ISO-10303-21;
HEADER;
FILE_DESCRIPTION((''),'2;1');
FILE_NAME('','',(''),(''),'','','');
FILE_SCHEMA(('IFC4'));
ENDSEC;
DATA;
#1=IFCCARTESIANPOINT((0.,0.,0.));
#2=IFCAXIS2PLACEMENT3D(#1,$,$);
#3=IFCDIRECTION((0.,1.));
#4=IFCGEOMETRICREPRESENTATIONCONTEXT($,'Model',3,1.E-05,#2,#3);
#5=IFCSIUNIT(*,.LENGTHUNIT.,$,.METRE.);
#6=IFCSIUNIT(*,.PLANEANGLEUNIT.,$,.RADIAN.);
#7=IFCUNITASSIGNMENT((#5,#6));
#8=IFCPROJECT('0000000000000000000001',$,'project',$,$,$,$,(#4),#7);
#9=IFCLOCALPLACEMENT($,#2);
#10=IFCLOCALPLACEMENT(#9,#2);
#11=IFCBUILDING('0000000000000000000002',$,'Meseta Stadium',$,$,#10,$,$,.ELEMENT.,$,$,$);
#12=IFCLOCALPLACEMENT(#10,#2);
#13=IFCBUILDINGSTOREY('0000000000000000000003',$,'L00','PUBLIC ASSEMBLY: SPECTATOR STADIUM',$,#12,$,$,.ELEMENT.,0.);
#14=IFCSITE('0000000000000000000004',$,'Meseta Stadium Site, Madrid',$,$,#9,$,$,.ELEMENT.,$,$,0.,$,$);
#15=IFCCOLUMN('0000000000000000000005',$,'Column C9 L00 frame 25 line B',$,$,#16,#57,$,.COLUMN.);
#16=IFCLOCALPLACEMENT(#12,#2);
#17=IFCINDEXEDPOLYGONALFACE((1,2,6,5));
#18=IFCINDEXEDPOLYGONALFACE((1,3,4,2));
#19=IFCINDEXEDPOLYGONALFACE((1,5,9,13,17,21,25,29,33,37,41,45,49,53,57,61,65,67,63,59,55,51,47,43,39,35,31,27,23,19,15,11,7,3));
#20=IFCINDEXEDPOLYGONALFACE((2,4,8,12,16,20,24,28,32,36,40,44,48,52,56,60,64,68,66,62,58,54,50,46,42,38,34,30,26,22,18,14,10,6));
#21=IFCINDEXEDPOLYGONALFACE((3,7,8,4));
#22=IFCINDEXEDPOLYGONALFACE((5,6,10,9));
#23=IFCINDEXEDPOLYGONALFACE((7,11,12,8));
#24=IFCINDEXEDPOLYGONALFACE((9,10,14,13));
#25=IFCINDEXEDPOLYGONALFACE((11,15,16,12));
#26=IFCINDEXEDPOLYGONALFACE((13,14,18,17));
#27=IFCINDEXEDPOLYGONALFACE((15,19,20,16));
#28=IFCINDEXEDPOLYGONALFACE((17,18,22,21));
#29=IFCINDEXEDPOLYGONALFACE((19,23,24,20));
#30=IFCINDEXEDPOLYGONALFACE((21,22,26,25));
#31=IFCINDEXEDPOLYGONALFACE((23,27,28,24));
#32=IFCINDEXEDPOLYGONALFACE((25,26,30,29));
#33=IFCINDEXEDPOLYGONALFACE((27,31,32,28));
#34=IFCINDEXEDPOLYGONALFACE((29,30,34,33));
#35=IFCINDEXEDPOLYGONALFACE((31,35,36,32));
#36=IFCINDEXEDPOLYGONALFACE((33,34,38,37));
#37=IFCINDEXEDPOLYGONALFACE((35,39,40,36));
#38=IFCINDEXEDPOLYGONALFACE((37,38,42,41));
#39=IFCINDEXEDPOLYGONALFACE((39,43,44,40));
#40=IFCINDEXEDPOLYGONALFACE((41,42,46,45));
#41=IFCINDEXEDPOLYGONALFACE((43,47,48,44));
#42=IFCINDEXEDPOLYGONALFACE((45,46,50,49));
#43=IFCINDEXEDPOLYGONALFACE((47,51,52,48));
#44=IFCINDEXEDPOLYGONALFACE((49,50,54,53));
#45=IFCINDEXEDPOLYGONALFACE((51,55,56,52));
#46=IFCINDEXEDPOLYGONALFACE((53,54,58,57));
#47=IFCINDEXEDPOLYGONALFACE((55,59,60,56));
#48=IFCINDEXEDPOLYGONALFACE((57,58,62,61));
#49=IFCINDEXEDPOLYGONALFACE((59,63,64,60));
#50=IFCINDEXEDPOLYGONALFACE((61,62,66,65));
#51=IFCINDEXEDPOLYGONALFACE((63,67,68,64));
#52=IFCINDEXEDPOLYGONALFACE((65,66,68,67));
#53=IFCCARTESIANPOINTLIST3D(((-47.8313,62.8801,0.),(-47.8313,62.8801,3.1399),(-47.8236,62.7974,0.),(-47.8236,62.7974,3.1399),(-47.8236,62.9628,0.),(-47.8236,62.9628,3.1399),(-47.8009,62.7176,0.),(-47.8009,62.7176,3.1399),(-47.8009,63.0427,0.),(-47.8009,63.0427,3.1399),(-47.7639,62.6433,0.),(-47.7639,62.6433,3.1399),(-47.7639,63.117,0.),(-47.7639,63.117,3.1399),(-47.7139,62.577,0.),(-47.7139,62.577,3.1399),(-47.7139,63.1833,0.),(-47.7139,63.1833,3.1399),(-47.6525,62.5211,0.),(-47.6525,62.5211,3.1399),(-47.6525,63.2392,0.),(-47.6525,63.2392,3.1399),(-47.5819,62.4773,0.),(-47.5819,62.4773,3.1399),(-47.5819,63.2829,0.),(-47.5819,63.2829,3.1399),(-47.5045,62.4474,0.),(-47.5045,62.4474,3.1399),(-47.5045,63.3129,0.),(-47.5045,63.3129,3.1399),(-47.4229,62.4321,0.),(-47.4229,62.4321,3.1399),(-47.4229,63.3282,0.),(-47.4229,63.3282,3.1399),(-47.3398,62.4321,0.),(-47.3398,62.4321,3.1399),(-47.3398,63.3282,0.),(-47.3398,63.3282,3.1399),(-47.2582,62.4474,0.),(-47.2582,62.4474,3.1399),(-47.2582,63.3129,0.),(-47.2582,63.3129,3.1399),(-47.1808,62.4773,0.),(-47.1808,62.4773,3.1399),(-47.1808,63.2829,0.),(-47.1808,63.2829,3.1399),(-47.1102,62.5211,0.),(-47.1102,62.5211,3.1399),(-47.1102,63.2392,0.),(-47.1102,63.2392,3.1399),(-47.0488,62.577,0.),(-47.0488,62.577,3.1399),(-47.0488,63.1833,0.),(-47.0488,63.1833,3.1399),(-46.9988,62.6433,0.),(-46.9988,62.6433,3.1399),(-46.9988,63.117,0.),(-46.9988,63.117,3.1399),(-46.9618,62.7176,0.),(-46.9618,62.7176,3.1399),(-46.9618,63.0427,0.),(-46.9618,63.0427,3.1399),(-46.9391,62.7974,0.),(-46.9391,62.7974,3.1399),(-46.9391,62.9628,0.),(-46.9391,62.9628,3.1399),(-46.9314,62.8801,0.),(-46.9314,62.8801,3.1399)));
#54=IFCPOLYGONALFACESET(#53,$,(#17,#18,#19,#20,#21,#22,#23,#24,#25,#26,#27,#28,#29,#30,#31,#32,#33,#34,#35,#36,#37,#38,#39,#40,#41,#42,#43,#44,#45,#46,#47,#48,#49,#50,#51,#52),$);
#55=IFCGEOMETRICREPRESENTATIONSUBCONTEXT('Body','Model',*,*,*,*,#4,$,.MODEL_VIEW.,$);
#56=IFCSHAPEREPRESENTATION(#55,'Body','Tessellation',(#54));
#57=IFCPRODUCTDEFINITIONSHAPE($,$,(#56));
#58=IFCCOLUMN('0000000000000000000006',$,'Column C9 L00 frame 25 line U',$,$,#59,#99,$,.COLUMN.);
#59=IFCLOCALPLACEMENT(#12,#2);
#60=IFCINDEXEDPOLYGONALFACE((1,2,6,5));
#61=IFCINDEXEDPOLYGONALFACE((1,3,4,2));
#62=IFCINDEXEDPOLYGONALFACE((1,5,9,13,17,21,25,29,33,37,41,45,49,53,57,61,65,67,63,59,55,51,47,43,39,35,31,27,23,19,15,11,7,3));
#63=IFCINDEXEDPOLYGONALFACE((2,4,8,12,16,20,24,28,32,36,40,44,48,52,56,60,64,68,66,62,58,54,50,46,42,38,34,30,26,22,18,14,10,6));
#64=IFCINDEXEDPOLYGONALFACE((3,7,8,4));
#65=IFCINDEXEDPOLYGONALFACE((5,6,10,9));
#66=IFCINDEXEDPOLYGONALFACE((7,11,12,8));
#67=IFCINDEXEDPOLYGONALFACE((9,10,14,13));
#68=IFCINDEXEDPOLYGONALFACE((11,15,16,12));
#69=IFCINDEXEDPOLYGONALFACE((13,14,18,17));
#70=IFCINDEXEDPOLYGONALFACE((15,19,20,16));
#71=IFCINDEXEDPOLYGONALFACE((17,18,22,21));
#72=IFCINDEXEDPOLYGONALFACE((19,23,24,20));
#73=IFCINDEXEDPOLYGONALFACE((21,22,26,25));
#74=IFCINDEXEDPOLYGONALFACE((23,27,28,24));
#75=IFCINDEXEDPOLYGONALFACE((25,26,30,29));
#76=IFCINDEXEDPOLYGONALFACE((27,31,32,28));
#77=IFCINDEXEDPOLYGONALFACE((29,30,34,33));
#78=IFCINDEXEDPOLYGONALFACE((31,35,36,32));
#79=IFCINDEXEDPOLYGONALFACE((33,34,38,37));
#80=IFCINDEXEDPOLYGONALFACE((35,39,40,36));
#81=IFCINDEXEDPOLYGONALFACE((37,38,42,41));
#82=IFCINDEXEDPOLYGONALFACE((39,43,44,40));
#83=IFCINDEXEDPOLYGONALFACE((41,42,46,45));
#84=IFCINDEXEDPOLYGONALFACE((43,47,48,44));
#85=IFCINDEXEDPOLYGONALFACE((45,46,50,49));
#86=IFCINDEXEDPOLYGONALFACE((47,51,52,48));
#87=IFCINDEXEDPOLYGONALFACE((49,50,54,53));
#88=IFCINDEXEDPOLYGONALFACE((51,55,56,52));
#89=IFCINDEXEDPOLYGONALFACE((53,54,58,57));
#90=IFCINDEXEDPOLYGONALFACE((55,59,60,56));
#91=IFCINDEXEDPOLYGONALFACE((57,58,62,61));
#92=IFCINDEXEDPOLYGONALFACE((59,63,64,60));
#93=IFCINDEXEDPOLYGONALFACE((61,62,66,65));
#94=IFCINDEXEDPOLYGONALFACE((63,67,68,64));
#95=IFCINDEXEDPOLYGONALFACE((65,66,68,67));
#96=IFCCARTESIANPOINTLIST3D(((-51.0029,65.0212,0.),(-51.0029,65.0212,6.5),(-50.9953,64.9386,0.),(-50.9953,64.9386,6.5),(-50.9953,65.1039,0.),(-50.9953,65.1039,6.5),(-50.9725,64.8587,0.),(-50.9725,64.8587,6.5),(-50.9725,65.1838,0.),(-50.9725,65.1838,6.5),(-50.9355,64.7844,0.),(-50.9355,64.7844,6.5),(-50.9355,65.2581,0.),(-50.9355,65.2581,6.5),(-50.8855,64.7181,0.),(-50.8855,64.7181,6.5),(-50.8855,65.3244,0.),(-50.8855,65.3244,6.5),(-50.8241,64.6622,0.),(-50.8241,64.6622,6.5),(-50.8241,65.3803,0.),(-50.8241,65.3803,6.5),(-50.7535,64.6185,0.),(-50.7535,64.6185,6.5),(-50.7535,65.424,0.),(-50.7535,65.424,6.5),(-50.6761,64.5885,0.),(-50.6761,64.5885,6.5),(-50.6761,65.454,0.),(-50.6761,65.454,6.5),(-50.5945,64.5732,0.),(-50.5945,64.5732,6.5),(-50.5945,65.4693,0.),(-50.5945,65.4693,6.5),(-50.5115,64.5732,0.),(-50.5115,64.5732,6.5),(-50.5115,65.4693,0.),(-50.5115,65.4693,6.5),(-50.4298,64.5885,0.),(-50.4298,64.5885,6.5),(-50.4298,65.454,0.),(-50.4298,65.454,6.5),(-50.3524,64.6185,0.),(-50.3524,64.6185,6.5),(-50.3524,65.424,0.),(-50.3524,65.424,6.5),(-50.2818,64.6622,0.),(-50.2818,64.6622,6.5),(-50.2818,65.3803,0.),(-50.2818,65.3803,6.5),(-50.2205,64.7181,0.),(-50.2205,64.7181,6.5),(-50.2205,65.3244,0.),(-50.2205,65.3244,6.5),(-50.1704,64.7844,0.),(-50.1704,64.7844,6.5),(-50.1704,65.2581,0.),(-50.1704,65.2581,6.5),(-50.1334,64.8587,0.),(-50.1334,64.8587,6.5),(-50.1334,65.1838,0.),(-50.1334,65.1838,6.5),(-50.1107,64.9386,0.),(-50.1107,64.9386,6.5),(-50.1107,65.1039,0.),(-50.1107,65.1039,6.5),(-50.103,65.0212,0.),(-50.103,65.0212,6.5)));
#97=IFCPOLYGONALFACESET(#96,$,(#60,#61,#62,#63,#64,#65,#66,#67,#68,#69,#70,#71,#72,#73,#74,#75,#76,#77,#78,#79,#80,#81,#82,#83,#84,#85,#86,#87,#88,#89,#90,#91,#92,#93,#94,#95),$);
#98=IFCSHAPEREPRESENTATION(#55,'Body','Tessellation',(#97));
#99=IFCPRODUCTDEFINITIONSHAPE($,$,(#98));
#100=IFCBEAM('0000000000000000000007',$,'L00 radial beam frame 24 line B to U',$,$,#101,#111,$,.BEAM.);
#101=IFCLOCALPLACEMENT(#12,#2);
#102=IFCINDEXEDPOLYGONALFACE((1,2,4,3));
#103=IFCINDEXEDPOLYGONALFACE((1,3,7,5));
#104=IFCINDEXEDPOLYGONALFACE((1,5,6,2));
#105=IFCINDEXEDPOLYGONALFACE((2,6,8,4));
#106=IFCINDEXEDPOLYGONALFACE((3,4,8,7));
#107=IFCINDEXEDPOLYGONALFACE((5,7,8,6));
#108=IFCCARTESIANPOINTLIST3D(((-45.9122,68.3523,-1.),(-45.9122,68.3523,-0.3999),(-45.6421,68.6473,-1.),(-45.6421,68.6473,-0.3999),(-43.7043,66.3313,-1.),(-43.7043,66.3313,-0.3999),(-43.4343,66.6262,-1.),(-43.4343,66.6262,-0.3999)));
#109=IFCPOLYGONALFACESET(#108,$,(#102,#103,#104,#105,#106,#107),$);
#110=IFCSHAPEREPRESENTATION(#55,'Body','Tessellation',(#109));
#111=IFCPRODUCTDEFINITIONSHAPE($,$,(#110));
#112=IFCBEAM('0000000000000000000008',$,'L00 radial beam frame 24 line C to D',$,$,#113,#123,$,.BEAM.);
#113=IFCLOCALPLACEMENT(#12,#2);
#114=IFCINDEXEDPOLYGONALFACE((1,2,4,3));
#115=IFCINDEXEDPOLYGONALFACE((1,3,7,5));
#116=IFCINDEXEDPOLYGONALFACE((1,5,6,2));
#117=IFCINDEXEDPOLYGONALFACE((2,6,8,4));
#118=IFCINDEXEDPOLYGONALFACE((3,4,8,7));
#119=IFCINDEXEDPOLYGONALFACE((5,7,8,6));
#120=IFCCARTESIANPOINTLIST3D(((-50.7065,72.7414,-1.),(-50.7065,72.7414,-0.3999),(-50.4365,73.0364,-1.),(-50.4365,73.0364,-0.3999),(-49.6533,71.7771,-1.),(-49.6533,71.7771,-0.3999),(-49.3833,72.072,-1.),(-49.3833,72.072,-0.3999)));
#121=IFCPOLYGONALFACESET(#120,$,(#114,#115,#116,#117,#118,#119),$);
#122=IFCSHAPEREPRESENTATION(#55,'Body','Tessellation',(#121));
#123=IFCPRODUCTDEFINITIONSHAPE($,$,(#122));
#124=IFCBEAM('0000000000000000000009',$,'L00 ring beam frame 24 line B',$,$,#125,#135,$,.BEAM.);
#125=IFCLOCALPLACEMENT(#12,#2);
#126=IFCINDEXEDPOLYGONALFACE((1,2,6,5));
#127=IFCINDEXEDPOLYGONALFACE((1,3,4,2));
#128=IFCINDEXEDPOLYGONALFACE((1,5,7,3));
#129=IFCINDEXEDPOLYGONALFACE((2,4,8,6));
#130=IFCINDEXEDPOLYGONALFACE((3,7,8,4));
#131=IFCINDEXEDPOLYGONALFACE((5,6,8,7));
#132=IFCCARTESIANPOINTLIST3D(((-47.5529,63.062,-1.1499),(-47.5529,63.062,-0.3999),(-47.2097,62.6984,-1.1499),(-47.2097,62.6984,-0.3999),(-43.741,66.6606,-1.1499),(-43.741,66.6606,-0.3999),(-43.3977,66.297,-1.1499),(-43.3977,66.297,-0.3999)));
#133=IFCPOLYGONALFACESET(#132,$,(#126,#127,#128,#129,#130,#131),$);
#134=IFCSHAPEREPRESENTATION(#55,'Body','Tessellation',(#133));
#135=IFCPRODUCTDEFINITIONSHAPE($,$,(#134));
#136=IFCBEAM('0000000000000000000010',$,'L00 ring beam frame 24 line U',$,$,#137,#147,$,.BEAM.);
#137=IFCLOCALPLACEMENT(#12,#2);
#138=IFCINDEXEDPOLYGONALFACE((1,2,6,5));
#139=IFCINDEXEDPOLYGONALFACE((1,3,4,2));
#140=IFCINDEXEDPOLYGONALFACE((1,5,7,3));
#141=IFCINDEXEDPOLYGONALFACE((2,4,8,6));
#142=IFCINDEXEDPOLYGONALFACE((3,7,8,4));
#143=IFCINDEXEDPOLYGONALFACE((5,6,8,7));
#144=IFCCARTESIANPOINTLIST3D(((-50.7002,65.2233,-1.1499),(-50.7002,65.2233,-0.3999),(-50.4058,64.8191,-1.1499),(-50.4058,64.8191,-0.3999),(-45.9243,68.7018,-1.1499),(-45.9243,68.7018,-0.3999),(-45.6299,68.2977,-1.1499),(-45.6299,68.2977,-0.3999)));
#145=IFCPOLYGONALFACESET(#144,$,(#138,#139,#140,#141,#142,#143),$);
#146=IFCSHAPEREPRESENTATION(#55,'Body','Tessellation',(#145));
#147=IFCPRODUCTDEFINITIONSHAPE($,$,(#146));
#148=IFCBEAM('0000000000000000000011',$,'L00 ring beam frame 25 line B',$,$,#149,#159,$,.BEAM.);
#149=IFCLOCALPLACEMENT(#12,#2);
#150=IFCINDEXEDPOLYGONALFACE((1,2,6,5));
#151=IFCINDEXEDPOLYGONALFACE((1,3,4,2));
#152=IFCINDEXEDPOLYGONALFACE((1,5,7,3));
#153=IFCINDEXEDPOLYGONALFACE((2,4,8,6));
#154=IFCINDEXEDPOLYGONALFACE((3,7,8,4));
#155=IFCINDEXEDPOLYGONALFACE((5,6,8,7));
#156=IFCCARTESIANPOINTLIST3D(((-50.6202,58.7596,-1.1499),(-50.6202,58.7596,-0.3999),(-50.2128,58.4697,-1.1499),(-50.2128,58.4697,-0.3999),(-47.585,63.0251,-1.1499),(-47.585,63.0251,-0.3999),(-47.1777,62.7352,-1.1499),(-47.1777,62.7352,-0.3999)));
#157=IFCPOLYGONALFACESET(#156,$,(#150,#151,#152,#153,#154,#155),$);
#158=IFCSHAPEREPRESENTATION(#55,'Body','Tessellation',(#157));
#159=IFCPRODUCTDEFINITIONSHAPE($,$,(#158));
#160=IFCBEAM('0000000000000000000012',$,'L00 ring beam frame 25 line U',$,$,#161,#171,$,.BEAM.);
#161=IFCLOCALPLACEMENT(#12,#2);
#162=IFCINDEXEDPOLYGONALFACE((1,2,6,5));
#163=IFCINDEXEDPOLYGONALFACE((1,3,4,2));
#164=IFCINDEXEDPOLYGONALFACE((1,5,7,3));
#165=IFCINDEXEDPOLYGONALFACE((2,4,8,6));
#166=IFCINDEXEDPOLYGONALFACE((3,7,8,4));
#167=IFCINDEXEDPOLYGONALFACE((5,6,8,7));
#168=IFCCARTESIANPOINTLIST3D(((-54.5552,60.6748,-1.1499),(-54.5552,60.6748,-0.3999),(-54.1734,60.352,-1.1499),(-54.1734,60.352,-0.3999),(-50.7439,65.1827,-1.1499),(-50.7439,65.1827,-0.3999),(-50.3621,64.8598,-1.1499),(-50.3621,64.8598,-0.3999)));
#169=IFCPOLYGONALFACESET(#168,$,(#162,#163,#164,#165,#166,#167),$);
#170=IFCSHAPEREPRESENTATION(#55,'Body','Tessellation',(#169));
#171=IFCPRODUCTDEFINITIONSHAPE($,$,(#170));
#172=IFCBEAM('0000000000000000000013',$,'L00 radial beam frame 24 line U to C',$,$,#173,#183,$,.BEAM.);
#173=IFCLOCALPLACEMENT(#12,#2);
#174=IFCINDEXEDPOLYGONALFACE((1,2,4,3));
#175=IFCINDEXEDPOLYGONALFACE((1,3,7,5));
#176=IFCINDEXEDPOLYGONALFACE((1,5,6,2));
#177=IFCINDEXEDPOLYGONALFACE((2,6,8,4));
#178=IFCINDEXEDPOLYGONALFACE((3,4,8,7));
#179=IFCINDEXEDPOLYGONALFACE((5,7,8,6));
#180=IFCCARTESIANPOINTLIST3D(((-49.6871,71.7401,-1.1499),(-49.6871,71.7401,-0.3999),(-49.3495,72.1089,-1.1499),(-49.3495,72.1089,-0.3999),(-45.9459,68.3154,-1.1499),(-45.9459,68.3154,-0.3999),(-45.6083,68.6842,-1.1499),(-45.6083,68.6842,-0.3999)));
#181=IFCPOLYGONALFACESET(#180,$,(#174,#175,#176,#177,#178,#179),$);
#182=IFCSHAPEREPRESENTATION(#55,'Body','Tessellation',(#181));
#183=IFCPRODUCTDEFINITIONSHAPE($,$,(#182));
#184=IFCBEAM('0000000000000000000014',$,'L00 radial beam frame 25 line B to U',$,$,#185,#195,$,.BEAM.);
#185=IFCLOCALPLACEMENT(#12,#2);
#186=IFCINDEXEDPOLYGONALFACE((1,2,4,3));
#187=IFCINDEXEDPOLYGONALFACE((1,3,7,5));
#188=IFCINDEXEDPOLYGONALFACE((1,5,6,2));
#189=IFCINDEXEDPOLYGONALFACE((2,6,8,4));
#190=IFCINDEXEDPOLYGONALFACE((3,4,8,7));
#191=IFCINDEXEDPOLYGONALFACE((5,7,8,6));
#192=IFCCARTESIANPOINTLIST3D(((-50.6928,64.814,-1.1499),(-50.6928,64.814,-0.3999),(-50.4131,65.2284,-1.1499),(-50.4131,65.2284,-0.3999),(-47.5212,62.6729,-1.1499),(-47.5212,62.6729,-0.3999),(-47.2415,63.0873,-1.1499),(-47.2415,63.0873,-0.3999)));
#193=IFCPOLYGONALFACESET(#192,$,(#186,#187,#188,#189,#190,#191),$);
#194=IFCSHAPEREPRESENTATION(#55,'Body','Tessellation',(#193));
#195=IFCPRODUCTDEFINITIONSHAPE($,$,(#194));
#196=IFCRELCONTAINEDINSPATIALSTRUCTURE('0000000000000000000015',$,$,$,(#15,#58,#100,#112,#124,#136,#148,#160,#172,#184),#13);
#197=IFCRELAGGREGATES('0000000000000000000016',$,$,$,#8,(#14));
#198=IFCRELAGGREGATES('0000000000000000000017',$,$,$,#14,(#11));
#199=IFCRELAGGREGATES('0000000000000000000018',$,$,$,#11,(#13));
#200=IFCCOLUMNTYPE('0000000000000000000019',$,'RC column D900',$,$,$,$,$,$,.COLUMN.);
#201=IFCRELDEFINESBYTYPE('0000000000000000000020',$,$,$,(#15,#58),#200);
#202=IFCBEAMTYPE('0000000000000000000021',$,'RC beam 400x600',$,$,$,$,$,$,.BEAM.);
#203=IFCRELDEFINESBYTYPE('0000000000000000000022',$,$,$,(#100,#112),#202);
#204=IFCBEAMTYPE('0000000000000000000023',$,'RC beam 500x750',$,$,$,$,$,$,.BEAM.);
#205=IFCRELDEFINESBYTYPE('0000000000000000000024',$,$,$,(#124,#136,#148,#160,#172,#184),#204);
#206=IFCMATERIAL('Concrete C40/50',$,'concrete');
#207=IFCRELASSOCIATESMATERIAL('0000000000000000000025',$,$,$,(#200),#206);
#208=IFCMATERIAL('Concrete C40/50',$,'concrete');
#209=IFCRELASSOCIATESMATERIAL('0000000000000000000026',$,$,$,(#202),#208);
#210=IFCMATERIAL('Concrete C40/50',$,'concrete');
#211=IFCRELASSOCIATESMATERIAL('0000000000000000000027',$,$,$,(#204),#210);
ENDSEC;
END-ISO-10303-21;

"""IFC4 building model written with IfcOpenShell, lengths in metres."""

from ifc_helpers import new_model, si_unit, direction, frame, origin, origin_2d, place, context, subcontext, project, spatial, rectangle, circle, extrude, material, material_profile, profile_set, type_object, element, save


model = new_model("IFC4")

# Units and contexts
model_context = context("Model", 3, precision=1e-05, world=origin(), true_north=direction((0.0, 1.0)))
body_context = subcontext(model_context, "Body", "Model", "MODEL_VIEW")
ifc_project = project(units=[si_unit("LENGTHUNIT", "METRE"), si_unit("PLANEANGLEUNIT", "RADIAN")], contexts=[model_context])

# Site, building, storey
site_placement = place(None, origin())
site = spatial("IfcSite", under=ifc_project, at=site_placement, Name="Meseta Stadium Site, Madrid", CompositionType="ELEMENT", RefElevation=0.0)
building_placement = place(site_placement, origin())
building = spatial("IfcBuilding", under=site, at=building_placement, Name="Meseta Stadium", CompositionType="ELEMENT")
storey_placement = place(building_placement, origin())
storey = spatial("IfcBuildingStorey", under=building, at=storey_placement, Name="L00", Description="PUBLIC ASSEMBLY: SPECTATOR STADIUM", CompositionType="ELEMENT", Elevation=0.0)

# Columns
ifc_material_1 = material(Name="Concrete C40/50", Category="concrete")
ifc_material_profile_1 = material_profile(ifc_material_1, circle(Radius=0.45, at=origin_2d()), Name="RC D900")
ifc_profile_set_1 = profile_set([ifc_material_profile_1], Name="Concrete C40/50")
column_type_1 = type_object("IfcColumnType", Name="RC column D900", PredefinedType="COLUMN", material=ifc_profile_set_1)
column_1_placement = place(storey_placement, frame((-47.3813, 62.8801, 0.0), z_axis=(0.0, 0.0, 1.0), x_axis=(1.0, 0.0, 0.0)))
element("IfcColumn", 1, at=column_1_placement, inside=storey, type_object=column_type_1, Name="Column C9 L00 frame 25 line B", PredefinedType="COLUMN", context=body_context, shape_type="SweptSolid", body=[
    extrude(circle(Radius=0.45, at=origin_2d()), origin(), (0.0, 0.0, 1.0), 3.1399),
])
column_2_placement = place(storey_placement, frame((-50.553, 65.0212, 0.0), z_axis=(0.0, 0.0, 1.0), x_axis=(1.0, 0.0, 0.0)))
element("IfcColumn", 2, at=column_2_placement, inside=storey, type_object=column_type_1, Name="Column C9 L00 frame 25 line U", PredefinedType="COLUMN", context=body_context, shape_type="SweptSolid", body=[
    extrude(circle(Radius=0.45, at=origin_2d()), origin(), (0.0, 0.0, 1.0), 6.5),
])

# Beams
ifc_material_2 = material(Name="Concrete C40/50", Category="concrete")
ifc_material_profile_2 = material_profile(ifc_material_2, rectangle(XDim=0.3999, YDim=0.6001, at=origin_2d()), Name="RC 400x600")
ifc_profile_set_2 = profile_set([ifc_material_profile_2], Name="Concrete C40/50")
beam_type_1 = type_object("IfcBeamType", Name="RC beam 400x600", PredefinedType="BEAM", material=ifc_profile_set_2)
beam_1_placement = place(storey_placement, frame((-43.5693, 66.4788, -0.7), z_axis=(-0.737618, 0.675218, 0.0), x_axis=(-0.675218, -0.737618, 0.0)))
element("IfcBeam", 3, at=beam_1_placement, inside=storey, type_object=beam_type_1, Name="L00 radial beam frame 24 line B to U", PredefinedType="BEAM", context=body_context, shape_type="SweptSolid", body=[
    extrude(rectangle(XDim=0.3999, YDim=0.6001, at=origin_2d()), origin(), (0.0, 0.0, 1.0), 2.9932),
])
beam_2_placement = place(storey_placement, frame((-49.5183, 71.9246, -0.7), z_axis=(-0.737537, 0.675306, 0.0), x_axis=(-0.675306, -0.737537, 0.0)))
element("IfcBeam", 4, at=beam_2_placement, inside=storey, type_object=beam_type_1, Name="L00 radial beam frame 24 line C to D", PredefinedType="BEAM", context=body_context, shape_type="SweptSolid", body=[
    extrude(rectangle(XDim=0.3999, YDim=0.6001, at=origin_2d()), origin(), (0.0, 0.0, 1.0), 1.428),
])
ifc_material_3 = material(Name="Concrete C40/50", Category="concrete")
ifc_material_profile_3 = material_profile(ifc_material_3, rectangle(XDim=0.5, YDim=0.75, at=origin_2d()), Name="RC 500x750")
ifc_profile_set_3 = profile_set([ifc_material_profile_3], Name="Concrete C40/50")
beam_type_2 = type_object("IfcBeamType", Name="RC beam 500x750", PredefinedType="BEAM", material=ifc_profile_set_3)
beam_3_placement = place(storey_placement, frame((-43.5693, 66.4788, -0.7749), z_axis=(-0.727166, -0.686462, 0.0), x_axis=(0.686462, -0.727166, 0.0)))
element("IfcBeam", 5, at=beam_3_placement, inside=storey, type_object=beam_type_2, Name="L00 ring beam frame 24 line B", PredefinedType="BEAM", context=body_context, shape_type="SweptSolid", body=[
    extrude(rectangle(XDim=0.5, YDim=0.75, at=origin_2d()), origin(), (0.0, 0.0, 1.0), 5.2422),
])
beam_4_placement = place(storey_placement, frame((-45.7771, 68.4998, -0.7749), z_axis=(-0.808321, -0.588742, 0.0), x_axis=(0.588742, -0.808321, 0.0)))
element("IfcBeam", 6, at=beam_4_placement, inside=storey, type_object=beam_type_2, Name="L00 ring beam frame 24 line U", PredefinedType="BEAM", context=body_context, shape_type="SweptSolid", body=[
    extrude(rectangle(XDim=0.5, YDim=0.75, at=origin_2d()), origin(), (0.0, 0.0, 1.0), 5.9084),
])
beam_5_placement = place(storey_placement, frame((-47.3813, 62.8801, -0.7749), z_axis=(-0.579777, -0.814775, 0.0), x_axis=(0.814775, -0.579777, 0.0)))
element("IfcBeam", 7, at=beam_5_placement, inside=storey, type_object=beam_type_2, Name="L00 ring beam frame 25 line B", PredefinedType="BEAM", context=body_context, shape_type="SweptSolid", body=[
    extrude(rectangle(XDim=0.5, YDim=0.75, at=origin_2d()), origin(), (0.0, 0.0, 1.0), 5.2351),
])
beam_6_placement = place(storey_placement, frame((-50.553, 65.0212, -0.7749), z_axis=(-0.645644, -0.763639, 0.0), x_axis=(0.763639, -0.645644, 0.0)))
element("IfcBeam", 8, at=beam_6_placement, inside=storey, type_object=beam_type_2, Name="L00 ring beam frame 25 line U", PredefinedType="BEAM", context=body_context, shape_type="SweptSolid", body=[
    extrude(rectangle(XDim=0.5, YDim=0.75, at=origin_2d()), origin(), (0.0, 0.0, 1.0), 5.9031),
])
beam_7_placement = place(storey_placement, frame((-45.7771, 68.4998, -0.7749), z_axis=(-0.73761, 0.675228, 0.0), x_axis=(-0.675228, -0.73761, 0.0)))
element("IfcBeam", 9, at=beam_7_placement, inside=storey, type_object=beam_type_2, Name="L00 radial beam frame 24 line U to C", PredefinedType="BEAM", context=body_context, shape_type="SweptSolid", body=[
    extrude(rectangle(XDim=0.5, YDim=0.75, at=origin_2d()), origin(), (0.0, 0.0, 1.0), 5.072),
])
beam_8_placement = place(storey_placement, frame((-47.3813, 62.8801, -0.7749), z_axis=(-0.828817, 0.55952, 0.0), x_axis=(-0.55952, -0.828817, 0.0)))
element("IfcBeam", 10, at=beam_8_placement, inside=storey, type_object=beam_type_2, Name="L00 radial beam frame 25 line B to U", PredefinedType="BEAM", context=body_context, shape_type="SweptSolid", body=[
    extrude(rectangle(XDim=0.5, YDim=0.75, at=origin_2d()), origin(), (0.0, 0.0, 1.0), 3.8267),
])

save(model, "model.ifc")
